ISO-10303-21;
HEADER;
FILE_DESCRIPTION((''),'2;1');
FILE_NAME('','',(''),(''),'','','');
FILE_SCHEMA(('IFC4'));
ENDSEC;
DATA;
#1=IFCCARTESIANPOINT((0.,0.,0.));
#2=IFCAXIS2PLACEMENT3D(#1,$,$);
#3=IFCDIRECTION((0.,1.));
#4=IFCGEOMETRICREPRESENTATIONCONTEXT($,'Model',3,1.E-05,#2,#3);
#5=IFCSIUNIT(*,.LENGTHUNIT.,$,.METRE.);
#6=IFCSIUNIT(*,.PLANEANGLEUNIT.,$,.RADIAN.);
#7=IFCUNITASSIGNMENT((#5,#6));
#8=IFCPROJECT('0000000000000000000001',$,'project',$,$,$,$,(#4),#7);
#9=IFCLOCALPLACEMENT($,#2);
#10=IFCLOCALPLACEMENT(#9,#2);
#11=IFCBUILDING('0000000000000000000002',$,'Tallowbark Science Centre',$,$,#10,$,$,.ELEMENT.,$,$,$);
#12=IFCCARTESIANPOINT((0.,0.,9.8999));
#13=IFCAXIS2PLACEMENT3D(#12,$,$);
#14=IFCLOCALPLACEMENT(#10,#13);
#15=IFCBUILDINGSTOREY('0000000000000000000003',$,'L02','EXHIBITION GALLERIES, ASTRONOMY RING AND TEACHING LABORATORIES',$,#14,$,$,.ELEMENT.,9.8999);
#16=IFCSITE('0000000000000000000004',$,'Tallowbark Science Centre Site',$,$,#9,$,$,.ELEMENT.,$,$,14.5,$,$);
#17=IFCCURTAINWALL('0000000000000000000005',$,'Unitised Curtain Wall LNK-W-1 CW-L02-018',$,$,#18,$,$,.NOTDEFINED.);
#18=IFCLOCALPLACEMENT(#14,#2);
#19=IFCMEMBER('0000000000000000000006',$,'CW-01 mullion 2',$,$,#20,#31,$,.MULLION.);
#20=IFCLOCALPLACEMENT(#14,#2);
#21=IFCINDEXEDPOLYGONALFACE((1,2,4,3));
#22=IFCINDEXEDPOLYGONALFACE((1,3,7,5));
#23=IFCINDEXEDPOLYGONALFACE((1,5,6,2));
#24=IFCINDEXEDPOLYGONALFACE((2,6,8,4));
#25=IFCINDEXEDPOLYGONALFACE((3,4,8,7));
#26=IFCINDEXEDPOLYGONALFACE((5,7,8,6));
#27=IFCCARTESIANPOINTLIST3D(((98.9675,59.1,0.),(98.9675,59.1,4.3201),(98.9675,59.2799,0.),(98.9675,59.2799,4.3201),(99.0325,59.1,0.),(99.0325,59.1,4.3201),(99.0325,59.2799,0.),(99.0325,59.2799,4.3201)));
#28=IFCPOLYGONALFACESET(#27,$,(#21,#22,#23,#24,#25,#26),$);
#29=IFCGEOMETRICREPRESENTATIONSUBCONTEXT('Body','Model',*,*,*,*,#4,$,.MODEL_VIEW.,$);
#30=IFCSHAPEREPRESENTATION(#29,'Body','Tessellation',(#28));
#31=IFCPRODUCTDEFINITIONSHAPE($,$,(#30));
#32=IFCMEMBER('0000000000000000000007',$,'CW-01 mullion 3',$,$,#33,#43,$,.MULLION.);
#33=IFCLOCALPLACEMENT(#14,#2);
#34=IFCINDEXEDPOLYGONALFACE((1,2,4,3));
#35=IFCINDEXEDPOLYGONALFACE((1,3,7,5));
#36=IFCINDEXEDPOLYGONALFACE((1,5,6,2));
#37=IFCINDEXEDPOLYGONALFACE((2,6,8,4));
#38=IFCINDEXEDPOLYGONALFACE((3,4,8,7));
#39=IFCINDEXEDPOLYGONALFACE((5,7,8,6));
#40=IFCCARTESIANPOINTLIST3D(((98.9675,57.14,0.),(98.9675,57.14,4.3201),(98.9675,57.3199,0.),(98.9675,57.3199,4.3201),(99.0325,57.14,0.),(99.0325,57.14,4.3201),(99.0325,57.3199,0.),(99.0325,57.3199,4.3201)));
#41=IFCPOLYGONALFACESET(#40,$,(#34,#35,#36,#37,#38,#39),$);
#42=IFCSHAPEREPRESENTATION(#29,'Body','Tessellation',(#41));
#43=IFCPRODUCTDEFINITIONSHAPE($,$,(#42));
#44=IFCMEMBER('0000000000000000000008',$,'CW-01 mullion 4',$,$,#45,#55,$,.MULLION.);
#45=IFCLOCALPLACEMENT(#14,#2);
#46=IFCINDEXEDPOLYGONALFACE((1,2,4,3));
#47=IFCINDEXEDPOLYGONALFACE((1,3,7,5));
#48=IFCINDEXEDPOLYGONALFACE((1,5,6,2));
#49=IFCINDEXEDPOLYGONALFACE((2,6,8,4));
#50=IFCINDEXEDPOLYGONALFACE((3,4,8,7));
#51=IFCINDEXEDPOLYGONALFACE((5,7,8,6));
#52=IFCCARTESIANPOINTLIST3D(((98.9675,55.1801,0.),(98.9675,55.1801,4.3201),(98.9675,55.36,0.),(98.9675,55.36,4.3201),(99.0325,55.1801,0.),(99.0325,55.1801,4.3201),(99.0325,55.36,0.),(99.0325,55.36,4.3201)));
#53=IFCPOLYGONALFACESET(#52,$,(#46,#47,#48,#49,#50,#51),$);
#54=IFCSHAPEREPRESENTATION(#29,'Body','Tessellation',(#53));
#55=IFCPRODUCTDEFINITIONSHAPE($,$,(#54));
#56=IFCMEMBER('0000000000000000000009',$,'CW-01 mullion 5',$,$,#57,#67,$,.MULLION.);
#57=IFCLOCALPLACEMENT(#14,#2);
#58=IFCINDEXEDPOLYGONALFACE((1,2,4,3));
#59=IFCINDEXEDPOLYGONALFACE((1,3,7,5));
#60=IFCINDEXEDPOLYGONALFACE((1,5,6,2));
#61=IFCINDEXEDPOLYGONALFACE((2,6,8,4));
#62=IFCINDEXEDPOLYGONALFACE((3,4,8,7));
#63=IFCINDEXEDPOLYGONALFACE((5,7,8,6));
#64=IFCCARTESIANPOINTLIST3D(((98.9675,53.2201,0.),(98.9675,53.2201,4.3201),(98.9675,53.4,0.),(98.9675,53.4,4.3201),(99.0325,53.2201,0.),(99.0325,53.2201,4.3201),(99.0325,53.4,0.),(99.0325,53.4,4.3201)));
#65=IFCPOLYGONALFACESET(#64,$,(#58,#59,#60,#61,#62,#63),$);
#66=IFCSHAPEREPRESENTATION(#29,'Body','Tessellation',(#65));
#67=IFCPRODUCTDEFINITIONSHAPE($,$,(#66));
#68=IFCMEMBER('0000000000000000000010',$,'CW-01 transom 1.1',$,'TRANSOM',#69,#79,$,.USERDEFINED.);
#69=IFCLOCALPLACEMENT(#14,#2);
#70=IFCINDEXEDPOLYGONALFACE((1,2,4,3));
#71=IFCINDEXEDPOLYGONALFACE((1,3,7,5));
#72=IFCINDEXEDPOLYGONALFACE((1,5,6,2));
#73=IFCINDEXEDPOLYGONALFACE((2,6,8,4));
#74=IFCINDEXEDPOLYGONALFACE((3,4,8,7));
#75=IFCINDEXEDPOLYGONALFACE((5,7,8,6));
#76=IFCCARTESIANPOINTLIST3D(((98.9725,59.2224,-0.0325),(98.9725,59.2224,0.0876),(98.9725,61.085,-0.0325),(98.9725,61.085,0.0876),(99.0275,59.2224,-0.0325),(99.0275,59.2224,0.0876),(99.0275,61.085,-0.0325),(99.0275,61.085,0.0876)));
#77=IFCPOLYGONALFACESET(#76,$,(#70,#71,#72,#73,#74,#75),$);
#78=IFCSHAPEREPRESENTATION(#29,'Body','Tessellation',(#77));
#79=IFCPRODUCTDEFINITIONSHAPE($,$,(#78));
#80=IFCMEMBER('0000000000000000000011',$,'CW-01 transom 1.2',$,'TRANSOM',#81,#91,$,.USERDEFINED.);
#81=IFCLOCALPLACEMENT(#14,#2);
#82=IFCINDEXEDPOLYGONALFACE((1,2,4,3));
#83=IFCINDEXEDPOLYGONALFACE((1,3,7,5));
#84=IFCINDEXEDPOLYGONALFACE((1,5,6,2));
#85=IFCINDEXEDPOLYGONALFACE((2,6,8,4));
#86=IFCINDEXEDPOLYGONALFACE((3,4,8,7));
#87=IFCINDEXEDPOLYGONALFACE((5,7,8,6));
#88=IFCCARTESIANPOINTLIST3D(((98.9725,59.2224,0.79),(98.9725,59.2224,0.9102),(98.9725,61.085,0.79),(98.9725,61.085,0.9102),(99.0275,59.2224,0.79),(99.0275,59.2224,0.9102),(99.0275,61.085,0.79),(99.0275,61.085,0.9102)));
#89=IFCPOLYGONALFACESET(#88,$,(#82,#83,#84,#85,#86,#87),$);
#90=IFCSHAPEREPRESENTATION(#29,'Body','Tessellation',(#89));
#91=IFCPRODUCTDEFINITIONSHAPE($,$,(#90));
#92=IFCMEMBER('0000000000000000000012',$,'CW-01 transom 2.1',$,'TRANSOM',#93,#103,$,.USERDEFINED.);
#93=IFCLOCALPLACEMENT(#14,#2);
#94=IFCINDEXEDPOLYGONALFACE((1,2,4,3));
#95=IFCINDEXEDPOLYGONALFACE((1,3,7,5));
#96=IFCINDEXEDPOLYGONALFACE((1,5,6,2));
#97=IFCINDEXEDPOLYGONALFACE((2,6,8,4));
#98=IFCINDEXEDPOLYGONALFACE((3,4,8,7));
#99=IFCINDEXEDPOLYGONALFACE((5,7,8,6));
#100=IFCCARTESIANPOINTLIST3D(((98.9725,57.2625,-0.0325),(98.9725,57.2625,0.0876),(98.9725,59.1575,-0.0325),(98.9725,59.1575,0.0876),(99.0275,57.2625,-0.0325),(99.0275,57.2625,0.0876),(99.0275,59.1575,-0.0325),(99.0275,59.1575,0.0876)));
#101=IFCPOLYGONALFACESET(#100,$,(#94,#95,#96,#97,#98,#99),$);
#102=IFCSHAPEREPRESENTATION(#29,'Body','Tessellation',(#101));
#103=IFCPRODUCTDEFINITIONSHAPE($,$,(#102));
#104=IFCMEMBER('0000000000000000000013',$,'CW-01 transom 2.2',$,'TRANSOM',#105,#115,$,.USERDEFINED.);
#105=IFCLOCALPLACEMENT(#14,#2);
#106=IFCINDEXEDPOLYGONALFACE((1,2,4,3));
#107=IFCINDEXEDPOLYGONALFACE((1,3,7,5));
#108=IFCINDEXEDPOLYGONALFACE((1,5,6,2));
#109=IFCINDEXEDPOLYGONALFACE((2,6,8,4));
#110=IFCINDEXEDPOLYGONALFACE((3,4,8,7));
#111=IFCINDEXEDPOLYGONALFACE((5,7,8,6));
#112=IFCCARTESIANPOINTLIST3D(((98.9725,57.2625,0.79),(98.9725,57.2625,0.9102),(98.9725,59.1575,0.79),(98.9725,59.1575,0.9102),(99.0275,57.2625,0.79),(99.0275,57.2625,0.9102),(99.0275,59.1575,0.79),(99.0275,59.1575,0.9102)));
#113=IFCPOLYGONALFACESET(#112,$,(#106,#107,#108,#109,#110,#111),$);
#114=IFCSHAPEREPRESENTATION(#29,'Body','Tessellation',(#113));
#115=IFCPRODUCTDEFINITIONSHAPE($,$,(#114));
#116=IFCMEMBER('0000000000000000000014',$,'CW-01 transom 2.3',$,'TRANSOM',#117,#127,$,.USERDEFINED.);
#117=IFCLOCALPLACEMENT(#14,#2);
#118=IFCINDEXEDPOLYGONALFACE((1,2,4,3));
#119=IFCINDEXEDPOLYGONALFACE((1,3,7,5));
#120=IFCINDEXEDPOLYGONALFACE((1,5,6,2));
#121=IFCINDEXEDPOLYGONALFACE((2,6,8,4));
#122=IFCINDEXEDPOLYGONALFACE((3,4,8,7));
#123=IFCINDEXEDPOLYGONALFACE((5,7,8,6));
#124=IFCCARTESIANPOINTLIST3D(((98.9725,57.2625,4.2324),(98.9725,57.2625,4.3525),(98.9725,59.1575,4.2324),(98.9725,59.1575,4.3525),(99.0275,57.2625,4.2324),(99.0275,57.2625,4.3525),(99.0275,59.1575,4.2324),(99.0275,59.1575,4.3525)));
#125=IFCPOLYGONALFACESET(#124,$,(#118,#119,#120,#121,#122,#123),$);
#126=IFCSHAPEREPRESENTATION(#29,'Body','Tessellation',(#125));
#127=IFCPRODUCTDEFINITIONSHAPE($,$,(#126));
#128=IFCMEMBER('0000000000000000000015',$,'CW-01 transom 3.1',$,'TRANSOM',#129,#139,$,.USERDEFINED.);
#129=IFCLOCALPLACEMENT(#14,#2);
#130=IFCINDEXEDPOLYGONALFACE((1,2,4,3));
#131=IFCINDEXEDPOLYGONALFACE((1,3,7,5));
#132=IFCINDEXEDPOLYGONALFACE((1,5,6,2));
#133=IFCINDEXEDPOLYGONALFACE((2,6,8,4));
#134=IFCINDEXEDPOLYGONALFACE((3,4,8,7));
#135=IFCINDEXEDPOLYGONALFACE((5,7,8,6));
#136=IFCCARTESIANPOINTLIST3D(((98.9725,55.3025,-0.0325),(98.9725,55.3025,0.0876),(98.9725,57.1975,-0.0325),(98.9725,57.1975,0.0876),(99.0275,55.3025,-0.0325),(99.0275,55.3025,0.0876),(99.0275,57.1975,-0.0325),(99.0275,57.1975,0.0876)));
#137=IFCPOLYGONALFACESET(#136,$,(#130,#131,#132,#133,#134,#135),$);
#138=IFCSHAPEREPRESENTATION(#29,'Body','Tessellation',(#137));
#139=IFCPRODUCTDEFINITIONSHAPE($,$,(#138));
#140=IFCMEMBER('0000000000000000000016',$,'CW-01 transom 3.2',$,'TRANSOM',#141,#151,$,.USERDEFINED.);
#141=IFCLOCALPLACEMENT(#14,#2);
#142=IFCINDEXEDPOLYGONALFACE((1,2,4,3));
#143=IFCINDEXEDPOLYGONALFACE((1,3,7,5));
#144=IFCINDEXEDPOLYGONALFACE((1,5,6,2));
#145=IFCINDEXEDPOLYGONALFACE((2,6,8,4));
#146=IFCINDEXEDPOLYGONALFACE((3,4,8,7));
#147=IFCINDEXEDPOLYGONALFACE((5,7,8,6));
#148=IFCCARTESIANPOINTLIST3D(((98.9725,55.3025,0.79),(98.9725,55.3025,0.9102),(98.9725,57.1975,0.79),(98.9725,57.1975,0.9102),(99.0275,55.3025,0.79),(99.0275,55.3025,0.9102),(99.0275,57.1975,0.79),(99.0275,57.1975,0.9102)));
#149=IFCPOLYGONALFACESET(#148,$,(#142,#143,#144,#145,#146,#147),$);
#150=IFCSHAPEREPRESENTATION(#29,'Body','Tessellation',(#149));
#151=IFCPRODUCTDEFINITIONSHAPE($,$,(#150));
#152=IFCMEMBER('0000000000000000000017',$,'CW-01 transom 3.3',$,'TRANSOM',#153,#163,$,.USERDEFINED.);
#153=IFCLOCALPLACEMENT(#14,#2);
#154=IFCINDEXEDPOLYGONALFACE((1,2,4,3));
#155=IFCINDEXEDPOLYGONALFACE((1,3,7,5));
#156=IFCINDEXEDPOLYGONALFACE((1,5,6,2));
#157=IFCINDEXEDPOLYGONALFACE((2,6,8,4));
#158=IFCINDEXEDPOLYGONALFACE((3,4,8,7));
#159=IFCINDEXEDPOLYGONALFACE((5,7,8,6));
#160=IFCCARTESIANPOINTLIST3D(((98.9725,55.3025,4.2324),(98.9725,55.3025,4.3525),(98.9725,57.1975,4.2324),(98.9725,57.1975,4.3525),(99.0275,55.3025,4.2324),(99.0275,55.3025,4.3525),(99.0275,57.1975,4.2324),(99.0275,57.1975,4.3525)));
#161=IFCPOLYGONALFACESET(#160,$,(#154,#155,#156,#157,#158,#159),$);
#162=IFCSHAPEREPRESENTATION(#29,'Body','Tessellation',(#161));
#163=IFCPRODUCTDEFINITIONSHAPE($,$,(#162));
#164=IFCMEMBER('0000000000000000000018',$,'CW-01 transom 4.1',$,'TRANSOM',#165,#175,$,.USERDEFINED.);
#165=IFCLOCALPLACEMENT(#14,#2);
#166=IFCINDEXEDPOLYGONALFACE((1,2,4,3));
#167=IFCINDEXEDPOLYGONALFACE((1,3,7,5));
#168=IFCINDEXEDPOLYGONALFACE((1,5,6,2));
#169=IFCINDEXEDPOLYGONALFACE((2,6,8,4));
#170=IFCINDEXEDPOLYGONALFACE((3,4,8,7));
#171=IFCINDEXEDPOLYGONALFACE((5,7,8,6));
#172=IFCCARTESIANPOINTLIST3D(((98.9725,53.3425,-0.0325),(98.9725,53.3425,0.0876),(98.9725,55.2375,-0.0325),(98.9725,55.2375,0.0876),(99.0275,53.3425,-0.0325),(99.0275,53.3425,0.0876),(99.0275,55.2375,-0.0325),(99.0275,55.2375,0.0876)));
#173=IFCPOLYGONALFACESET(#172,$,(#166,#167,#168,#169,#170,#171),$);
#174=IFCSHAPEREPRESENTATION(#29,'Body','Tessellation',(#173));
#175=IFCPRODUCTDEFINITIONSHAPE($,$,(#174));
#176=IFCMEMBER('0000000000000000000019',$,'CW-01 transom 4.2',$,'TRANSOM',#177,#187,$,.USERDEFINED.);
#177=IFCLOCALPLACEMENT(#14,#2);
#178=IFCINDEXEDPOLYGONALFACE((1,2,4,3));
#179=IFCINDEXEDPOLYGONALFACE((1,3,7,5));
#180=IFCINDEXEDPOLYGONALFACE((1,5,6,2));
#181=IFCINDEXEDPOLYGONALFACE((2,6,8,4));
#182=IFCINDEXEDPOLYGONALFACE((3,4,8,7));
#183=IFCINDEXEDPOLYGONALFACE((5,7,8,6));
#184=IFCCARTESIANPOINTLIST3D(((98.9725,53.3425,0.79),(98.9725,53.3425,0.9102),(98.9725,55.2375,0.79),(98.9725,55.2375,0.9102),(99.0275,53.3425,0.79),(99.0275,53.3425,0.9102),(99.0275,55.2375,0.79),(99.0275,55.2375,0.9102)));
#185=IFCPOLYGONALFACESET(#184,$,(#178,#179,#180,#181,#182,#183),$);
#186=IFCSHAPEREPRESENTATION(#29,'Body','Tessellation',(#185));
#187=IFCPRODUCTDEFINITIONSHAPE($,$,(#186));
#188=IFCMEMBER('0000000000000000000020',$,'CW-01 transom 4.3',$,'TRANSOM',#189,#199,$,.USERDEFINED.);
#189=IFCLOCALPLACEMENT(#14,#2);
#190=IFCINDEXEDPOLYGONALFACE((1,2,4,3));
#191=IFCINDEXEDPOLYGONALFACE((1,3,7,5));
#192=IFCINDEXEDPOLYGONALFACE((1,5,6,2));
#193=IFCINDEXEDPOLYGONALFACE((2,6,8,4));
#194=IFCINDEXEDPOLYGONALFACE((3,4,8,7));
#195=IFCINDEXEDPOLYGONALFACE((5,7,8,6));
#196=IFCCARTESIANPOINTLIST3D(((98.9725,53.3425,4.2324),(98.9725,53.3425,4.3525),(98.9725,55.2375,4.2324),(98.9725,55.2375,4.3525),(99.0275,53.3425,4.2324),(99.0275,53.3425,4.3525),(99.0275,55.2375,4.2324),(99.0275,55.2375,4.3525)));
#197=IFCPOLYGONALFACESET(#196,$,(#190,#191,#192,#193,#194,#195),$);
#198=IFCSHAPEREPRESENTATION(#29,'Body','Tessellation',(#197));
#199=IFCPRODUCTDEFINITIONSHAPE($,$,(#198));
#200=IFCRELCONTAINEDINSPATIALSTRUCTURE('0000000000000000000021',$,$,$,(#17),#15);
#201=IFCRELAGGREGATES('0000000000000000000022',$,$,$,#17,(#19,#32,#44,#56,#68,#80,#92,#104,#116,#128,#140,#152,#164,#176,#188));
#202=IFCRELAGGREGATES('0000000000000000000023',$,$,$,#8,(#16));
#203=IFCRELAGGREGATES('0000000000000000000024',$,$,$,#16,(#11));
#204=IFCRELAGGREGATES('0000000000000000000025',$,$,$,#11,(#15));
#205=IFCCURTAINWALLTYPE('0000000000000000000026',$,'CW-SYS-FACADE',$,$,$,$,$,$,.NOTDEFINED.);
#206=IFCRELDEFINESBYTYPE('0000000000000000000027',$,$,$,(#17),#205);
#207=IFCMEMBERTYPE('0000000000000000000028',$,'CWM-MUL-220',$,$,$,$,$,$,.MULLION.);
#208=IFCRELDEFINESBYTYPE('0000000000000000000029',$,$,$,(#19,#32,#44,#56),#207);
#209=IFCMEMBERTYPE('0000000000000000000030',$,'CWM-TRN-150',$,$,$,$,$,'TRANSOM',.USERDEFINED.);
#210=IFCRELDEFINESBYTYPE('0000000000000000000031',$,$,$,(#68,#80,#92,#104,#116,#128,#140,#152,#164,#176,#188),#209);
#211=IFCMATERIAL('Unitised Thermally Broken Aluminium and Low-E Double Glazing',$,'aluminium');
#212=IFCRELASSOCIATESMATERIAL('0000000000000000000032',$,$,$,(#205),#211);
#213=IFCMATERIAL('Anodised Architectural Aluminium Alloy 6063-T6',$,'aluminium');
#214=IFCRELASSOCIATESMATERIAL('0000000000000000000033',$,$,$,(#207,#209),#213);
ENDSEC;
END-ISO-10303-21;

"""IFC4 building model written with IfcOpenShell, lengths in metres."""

from ifc_helpers import new_model, si_unit, direction, frame, origin, origin_2d, place, context, subcontext, project, spatial, rectangle, extrude, material, material_profile, profile_set, type_object, element, aggregate, save


model = new_model("IFC4")

# Units and contexts
model_context = context("Model", 3, precision=1e-05, world=origin(), true_north=direction((0.0, 1.0)))
body_context = subcontext(model_context, "Body", "Model", "MODEL_VIEW")
ifc_project = project(units=[si_unit("LENGTHUNIT", "METRE"), si_unit("PLANEANGLEUNIT", "RADIAN")], contexts=[model_context])

# Site, building, storey
site_placement = place(None, origin())
site = spatial("IfcSite", under=ifc_project, at=site_placement, Name="Tallowbark Science Centre Site", CompositionType="ELEMENT", RefElevation=14.5)
building_placement = place(site_placement, origin())
building = spatial("IfcBuilding", under=site, at=building_placement, Name="Tallowbark Science Centre", CompositionType="ELEMENT")
storey_placement = place(building_placement, frame((0.0, 0.0, 9.8999)))
storey = spatial("IfcBuildingStorey", under=building, at=storey_placement, Name="L02", Description="EXHIBITION GALLERIES, ASTRONOMY RING AND TEACHING LABORATORIES", CompositionType="ELEMENT", Elevation=9.8999)

# Curtain wall, members
ifc_material_1 = material(Name="Unitised Thermally Broken Aluminium and Low-E Double Glazing", Category="aluminium")
curtain_wall_type = type_object("IfcCurtainWallType", Name="CW-SYS-FACADE", PredefinedType="NOTDEFINED", material=ifc_material_1)
curtain_wall_placement = place(storey_placement, origin())
curtain_wall = element("IfcCurtainWall", 1, at=curtain_wall_placement, inside=storey, type_object=curtain_wall_type, Name="Unitised Curtain Wall LNK-W-1 CW-L02-018", PredefinedType="NOTDEFINED")
ifc_material_2 = material(Name="Anodised Architectural Aluminium Alloy 6063-T6", Category="aluminium")
ifc_material_profile_1 = material_profile(ifc_material_2, rectangle(XDim=0.0649, YDim=0.1799, at=origin_2d()), Name="ALU65x180")
ifc_profile_set_1 = profile_set([ifc_material_profile_1], Name="Anodised Architectural Aluminium Alloy 6063-T6")
member_type_1 = type_object("IfcMemberType", Name="CWM-MUL-220", PredefinedType="MULLION", material=ifc_profile_set_1)
member_1_placement = place(storey_placement, frame((99.0, 59.1899, 0.0), z_axis=(0.0, 0.0, 1.0), x_axis=(1.0, 0.0, 0.0)))
member_1 = element("IfcMember", 2, at=member_1_placement, type_object=member_type_1, Name="CW-01 mullion 2", PredefinedType="MULLION", context=body_context, shape_type="SweptSolid", body=[
    extrude(rectangle(XDim=0.0649, YDim=0.1799, at=origin_2d()), origin(), (0.0, 0.0, 1.0), 4.3201),
])
member_2_placement = place(storey_placement, frame((99.0, 57.23, 0.0), z_axis=(0.0, 0.0, 1.0), x_axis=(1.0, 0.0, 0.0)))
member_2 = element("IfcMember", 3, at=member_2_placement, type_object=member_type_1, Name="CW-01 mullion 3", PredefinedType="MULLION", context=body_context, shape_type="SweptSolid", body=[
    extrude(rectangle(XDim=0.0649, YDim=0.1799, at=origin_2d()), origin(), (0.0, 0.0, 1.0), 4.3201),
])
member_3_placement = place(storey_placement, frame((99.0, 55.27, 0.0), z_axis=(0.0, 0.0, 1.0), x_axis=(1.0, 0.0, 0.0)))
member_3 = element("IfcMember", 4, at=member_3_placement, type_object=member_type_1, Name="CW-01 mullion 4", PredefinedType="MULLION", context=body_context, shape_type="SweptSolid", body=[
    extrude(rectangle(XDim=0.0649, YDim=0.1799, at=origin_2d()), origin(), (0.0, 0.0, 1.0), 4.3201),
])
member_4_placement = place(storey_placement, frame((99.0, 53.3101, 0.0), z_axis=(0.0, 0.0, 1.0), x_axis=(1.0, 0.0, 0.0)))
member_4 = element("IfcMember", 5, at=member_4_placement, type_object=member_type_1, Name="CW-01 mullion 5", PredefinedType="MULLION", context=body_context, shape_type="SweptSolid", body=[
    extrude(rectangle(XDim=0.0649, YDim=0.1799, at=origin_2d()), origin(), (0.0, 0.0, 1.0), 4.3201),
])
ifc_material_profile_2 = material_profile(ifc_material_2, rectangle(XDim=0.0549, YDim=0.1201, at=origin_2d()), Name="ALU55x120")
ifc_profile_set_2 = profile_set([ifc_material_profile_2], Name="Anodised Architectural Aluminium Alloy 6063-T6")
member_type_2 = type_object("IfcMemberType", Name="CWM-TRN-150", ElementType="TRANSOM", PredefinedType="USERDEFINED", material=ifc_profile_set_2)
member_5_placement = place(storey_placement, frame((99.0, 61.085, 0.0276), z_axis=(0.0, -1.0, 0.0), x_axis=(1.0, 0.0, 0.0)))
member_5 = element("IfcMember", 6, at=member_5_placement, type_object=member_type_2, Name="CW-01 transom 1.1", ObjectType="TRANSOM", PredefinedType="USERDEFINED", context=body_context, shape_type="SweptSolid", body=[
    extrude(rectangle(XDim=0.0549, YDim=0.1201, at=origin_2d()), origin(), (0.0, 0.0, 1.0), 1.8625),
])
member_6_placement = place(storey_placement, frame((99.0, 61.085, 0.8501), z_axis=(0.0, -1.0, 0.0), x_axis=(1.0, 0.0, 0.0)))
member_6 = element("IfcMember", 7, at=member_6_placement, type_object=member_type_2, Name="CW-01 transom 1.2", ObjectType="TRANSOM", PredefinedType="USERDEFINED", context=body_context, shape_type="SweptSolid", body=[
    extrude(rectangle(XDim=0.0549, YDim=0.1201, at=origin_2d()), origin(), (0.0, 0.0, 1.0), 1.8625),
])
member_7_placement = place(storey_placement, frame((99.0, 59.1575, 0.0276), z_axis=(0.0, -1.0, 0.0), x_axis=(1.0, 0.0, 0.0)))
member_7 = element("IfcMember", 8, at=member_7_placement, type_object=member_type_2, Name="CW-01 transom 2.1", ObjectType="TRANSOM", PredefinedType="USERDEFINED", context=body_context, shape_type="SweptSolid", body=[
    extrude(rectangle(XDim=0.0549, YDim=0.1201, at=origin_2d()), origin(), (0.0, 0.0, 1.0), 1.895),
])
member_8_placement = place(storey_placement, frame((99.0, 59.1575, 0.8501), z_axis=(0.0, -1.0, 0.0), x_axis=(1.0, 0.0, 0.0)))
member_8 = element("IfcMember", 9, at=member_8_placement, type_object=member_type_2, Name="CW-01 transom 2.2", ObjectType="TRANSOM", PredefinedType="USERDEFINED", context=body_context, shape_type="SweptSolid", body=[
    extrude(rectangle(XDim=0.0549, YDim=0.1201, at=origin_2d()), origin(), (0.0, 0.0, 1.0), 1.895),
])
member_9_placement = place(storey_placement, frame((99.0, 59.1575, 4.2925), z_axis=(0.0, -1.0, 0.0), x_axis=(1.0, 0.0, 0.0)))
member_9 = element("IfcMember", 10, at=member_9_placement, type_object=member_type_2, Name="CW-01 transom 2.3", ObjectType="TRANSOM", PredefinedType="USERDEFINED", context=body_context, shape_type="SweptSolid", body=[
    extrude(rectangle(XDim=0.0549, YDim=0.1201, at=origin_2d()), origin(), (0.0, 0.0, 1.0), 1.895),
])
member_10_placement = place(storey_placement, frame((99.0, 57.1975, 0.0276), z_axis=(0.0, -1.0, 0.0), x_axis=(1.0, 0.0, 0.0)))
member_10 = element("IfcMember", 11, at=member_10_placement, type_object=member_type_2, Name="CW-01 transom 3.1", ObjectType="TRANSOM", PredefinedType="USERDEFINED", context=body_context, shape_type="SweptSolid", body=[
    extrude(rectangle(XDim=0.0549, YDim=0.1201, at=origin_2d()), origin(), (0.0, 0.0, 1.0), 1.895),
])
member_11_placement = place(storey_placement, frame((99.0, 57.1975, 0.8501), z_axis=(0.0, -1.0, 0.0), x_axis=(1.0, 0.0, 0.0)))
member_11 = element("IfcMember", 12, at=member_11_placement, type_object=member_type_2, Name="CW-01 transom 3.2", ObjectType="TRANSOM", PredefinedType="USERDEFINED", context=body_context, shape_type="SweptSolid", body=[
    extrude(rectangle(XDim=0.0549, YDim=0.1201, at=origin_2d()), origin(), (0.0, 0.0, 1.0), 1.895),
])
member_12_placement = place(storey_placement, frame((99.0, 57.1975, 4.2925), z_axis=(0.0, -1.0, 0.0), x_axis=(1.0, 0.0, 0.0)))
member_12 = element("IfcMember", 13, at=member_12_placement, type_object=member_type_2, Name="CW-01 transom 3.3", ObjectType="TRANSOM", PredefinedType="USERDEFINED", context=body_context, shape_type="SweptSolid", body=[
    extrude(rectangle(XDim=0.0549, YDim=0.1201, at=origin_2d()), origin(), (0.0, 0.0, 1.0), 1.895),
])
member_13_placement = place(storey_placement, frame((99.0, 55.2375, 0.0276), z_axis=(0.0, -1.0, 0.0), x_axis=(1.0, 0.0, 0.0)))
member_13 = element("IfcMember", 14, at=member_13_placement, type_object=member_type_2, Name="CW-01 transom 4.1", ObjectType="TRANSOM", PredefinedType="USERDEFINED", context=body_context, shape_type="SweptSolid", body=[
    extrude(rectangle(XDim=0.0549, YDim=0.1201, at=origin_2d()), origin(), (0.0, 0.0, 1.0), 1.895),
])
member_14_placement = place(storey_placement, frame((99.0, 55.2375, 0.8501), z_axis=(0.0, -1.0, 0.0), x_axis=(1.0, 0.0, 0.0)))
member_14 = element("IfcMember", 15, at=member_14_placement, type_object=member_type_2, Name="CW-01 transom 4.2", ObjectType="TRANSOM", PredefinedType="USERDEFINED", context=body_context, shape_type="SweptSolid", body=[
    extrude(rectangle(XDim=0.0549, YDim=0.1201, at=origin_2d()), origin(), (0.0, 0.0, 1.0), 1.895),
])
member_15_placement = place(storey_placement, frame((99.0, 55.2375, 4.2925), z_axis=(0.0, -1.0, 0.0), x_axis=(1.0, 0.0, 0.0)))
member_15 = element("IfcMember", 16, at=member_15_placement, type_object=member_type_2, Name="CW-01 transom 4.3", ObjectType="TRANSOM", PredefinedType="USERDEFINED", context=body_context, shape_type="SweptSolid", body=[
    extrude(rectangle(XDim=0.0549, YDim=0.1201, at=origin_2d()), origin(), (0.0, 0.0, 1.0), 1.895),
])
aggregate(curtain_wall, [member_1, member_2, member_3, member_4, member_5, member_6, member_7, member_8, member_9, member_10, member_11, member_12, member_13, member_14, member_15])

save(model, "model.ifc")
